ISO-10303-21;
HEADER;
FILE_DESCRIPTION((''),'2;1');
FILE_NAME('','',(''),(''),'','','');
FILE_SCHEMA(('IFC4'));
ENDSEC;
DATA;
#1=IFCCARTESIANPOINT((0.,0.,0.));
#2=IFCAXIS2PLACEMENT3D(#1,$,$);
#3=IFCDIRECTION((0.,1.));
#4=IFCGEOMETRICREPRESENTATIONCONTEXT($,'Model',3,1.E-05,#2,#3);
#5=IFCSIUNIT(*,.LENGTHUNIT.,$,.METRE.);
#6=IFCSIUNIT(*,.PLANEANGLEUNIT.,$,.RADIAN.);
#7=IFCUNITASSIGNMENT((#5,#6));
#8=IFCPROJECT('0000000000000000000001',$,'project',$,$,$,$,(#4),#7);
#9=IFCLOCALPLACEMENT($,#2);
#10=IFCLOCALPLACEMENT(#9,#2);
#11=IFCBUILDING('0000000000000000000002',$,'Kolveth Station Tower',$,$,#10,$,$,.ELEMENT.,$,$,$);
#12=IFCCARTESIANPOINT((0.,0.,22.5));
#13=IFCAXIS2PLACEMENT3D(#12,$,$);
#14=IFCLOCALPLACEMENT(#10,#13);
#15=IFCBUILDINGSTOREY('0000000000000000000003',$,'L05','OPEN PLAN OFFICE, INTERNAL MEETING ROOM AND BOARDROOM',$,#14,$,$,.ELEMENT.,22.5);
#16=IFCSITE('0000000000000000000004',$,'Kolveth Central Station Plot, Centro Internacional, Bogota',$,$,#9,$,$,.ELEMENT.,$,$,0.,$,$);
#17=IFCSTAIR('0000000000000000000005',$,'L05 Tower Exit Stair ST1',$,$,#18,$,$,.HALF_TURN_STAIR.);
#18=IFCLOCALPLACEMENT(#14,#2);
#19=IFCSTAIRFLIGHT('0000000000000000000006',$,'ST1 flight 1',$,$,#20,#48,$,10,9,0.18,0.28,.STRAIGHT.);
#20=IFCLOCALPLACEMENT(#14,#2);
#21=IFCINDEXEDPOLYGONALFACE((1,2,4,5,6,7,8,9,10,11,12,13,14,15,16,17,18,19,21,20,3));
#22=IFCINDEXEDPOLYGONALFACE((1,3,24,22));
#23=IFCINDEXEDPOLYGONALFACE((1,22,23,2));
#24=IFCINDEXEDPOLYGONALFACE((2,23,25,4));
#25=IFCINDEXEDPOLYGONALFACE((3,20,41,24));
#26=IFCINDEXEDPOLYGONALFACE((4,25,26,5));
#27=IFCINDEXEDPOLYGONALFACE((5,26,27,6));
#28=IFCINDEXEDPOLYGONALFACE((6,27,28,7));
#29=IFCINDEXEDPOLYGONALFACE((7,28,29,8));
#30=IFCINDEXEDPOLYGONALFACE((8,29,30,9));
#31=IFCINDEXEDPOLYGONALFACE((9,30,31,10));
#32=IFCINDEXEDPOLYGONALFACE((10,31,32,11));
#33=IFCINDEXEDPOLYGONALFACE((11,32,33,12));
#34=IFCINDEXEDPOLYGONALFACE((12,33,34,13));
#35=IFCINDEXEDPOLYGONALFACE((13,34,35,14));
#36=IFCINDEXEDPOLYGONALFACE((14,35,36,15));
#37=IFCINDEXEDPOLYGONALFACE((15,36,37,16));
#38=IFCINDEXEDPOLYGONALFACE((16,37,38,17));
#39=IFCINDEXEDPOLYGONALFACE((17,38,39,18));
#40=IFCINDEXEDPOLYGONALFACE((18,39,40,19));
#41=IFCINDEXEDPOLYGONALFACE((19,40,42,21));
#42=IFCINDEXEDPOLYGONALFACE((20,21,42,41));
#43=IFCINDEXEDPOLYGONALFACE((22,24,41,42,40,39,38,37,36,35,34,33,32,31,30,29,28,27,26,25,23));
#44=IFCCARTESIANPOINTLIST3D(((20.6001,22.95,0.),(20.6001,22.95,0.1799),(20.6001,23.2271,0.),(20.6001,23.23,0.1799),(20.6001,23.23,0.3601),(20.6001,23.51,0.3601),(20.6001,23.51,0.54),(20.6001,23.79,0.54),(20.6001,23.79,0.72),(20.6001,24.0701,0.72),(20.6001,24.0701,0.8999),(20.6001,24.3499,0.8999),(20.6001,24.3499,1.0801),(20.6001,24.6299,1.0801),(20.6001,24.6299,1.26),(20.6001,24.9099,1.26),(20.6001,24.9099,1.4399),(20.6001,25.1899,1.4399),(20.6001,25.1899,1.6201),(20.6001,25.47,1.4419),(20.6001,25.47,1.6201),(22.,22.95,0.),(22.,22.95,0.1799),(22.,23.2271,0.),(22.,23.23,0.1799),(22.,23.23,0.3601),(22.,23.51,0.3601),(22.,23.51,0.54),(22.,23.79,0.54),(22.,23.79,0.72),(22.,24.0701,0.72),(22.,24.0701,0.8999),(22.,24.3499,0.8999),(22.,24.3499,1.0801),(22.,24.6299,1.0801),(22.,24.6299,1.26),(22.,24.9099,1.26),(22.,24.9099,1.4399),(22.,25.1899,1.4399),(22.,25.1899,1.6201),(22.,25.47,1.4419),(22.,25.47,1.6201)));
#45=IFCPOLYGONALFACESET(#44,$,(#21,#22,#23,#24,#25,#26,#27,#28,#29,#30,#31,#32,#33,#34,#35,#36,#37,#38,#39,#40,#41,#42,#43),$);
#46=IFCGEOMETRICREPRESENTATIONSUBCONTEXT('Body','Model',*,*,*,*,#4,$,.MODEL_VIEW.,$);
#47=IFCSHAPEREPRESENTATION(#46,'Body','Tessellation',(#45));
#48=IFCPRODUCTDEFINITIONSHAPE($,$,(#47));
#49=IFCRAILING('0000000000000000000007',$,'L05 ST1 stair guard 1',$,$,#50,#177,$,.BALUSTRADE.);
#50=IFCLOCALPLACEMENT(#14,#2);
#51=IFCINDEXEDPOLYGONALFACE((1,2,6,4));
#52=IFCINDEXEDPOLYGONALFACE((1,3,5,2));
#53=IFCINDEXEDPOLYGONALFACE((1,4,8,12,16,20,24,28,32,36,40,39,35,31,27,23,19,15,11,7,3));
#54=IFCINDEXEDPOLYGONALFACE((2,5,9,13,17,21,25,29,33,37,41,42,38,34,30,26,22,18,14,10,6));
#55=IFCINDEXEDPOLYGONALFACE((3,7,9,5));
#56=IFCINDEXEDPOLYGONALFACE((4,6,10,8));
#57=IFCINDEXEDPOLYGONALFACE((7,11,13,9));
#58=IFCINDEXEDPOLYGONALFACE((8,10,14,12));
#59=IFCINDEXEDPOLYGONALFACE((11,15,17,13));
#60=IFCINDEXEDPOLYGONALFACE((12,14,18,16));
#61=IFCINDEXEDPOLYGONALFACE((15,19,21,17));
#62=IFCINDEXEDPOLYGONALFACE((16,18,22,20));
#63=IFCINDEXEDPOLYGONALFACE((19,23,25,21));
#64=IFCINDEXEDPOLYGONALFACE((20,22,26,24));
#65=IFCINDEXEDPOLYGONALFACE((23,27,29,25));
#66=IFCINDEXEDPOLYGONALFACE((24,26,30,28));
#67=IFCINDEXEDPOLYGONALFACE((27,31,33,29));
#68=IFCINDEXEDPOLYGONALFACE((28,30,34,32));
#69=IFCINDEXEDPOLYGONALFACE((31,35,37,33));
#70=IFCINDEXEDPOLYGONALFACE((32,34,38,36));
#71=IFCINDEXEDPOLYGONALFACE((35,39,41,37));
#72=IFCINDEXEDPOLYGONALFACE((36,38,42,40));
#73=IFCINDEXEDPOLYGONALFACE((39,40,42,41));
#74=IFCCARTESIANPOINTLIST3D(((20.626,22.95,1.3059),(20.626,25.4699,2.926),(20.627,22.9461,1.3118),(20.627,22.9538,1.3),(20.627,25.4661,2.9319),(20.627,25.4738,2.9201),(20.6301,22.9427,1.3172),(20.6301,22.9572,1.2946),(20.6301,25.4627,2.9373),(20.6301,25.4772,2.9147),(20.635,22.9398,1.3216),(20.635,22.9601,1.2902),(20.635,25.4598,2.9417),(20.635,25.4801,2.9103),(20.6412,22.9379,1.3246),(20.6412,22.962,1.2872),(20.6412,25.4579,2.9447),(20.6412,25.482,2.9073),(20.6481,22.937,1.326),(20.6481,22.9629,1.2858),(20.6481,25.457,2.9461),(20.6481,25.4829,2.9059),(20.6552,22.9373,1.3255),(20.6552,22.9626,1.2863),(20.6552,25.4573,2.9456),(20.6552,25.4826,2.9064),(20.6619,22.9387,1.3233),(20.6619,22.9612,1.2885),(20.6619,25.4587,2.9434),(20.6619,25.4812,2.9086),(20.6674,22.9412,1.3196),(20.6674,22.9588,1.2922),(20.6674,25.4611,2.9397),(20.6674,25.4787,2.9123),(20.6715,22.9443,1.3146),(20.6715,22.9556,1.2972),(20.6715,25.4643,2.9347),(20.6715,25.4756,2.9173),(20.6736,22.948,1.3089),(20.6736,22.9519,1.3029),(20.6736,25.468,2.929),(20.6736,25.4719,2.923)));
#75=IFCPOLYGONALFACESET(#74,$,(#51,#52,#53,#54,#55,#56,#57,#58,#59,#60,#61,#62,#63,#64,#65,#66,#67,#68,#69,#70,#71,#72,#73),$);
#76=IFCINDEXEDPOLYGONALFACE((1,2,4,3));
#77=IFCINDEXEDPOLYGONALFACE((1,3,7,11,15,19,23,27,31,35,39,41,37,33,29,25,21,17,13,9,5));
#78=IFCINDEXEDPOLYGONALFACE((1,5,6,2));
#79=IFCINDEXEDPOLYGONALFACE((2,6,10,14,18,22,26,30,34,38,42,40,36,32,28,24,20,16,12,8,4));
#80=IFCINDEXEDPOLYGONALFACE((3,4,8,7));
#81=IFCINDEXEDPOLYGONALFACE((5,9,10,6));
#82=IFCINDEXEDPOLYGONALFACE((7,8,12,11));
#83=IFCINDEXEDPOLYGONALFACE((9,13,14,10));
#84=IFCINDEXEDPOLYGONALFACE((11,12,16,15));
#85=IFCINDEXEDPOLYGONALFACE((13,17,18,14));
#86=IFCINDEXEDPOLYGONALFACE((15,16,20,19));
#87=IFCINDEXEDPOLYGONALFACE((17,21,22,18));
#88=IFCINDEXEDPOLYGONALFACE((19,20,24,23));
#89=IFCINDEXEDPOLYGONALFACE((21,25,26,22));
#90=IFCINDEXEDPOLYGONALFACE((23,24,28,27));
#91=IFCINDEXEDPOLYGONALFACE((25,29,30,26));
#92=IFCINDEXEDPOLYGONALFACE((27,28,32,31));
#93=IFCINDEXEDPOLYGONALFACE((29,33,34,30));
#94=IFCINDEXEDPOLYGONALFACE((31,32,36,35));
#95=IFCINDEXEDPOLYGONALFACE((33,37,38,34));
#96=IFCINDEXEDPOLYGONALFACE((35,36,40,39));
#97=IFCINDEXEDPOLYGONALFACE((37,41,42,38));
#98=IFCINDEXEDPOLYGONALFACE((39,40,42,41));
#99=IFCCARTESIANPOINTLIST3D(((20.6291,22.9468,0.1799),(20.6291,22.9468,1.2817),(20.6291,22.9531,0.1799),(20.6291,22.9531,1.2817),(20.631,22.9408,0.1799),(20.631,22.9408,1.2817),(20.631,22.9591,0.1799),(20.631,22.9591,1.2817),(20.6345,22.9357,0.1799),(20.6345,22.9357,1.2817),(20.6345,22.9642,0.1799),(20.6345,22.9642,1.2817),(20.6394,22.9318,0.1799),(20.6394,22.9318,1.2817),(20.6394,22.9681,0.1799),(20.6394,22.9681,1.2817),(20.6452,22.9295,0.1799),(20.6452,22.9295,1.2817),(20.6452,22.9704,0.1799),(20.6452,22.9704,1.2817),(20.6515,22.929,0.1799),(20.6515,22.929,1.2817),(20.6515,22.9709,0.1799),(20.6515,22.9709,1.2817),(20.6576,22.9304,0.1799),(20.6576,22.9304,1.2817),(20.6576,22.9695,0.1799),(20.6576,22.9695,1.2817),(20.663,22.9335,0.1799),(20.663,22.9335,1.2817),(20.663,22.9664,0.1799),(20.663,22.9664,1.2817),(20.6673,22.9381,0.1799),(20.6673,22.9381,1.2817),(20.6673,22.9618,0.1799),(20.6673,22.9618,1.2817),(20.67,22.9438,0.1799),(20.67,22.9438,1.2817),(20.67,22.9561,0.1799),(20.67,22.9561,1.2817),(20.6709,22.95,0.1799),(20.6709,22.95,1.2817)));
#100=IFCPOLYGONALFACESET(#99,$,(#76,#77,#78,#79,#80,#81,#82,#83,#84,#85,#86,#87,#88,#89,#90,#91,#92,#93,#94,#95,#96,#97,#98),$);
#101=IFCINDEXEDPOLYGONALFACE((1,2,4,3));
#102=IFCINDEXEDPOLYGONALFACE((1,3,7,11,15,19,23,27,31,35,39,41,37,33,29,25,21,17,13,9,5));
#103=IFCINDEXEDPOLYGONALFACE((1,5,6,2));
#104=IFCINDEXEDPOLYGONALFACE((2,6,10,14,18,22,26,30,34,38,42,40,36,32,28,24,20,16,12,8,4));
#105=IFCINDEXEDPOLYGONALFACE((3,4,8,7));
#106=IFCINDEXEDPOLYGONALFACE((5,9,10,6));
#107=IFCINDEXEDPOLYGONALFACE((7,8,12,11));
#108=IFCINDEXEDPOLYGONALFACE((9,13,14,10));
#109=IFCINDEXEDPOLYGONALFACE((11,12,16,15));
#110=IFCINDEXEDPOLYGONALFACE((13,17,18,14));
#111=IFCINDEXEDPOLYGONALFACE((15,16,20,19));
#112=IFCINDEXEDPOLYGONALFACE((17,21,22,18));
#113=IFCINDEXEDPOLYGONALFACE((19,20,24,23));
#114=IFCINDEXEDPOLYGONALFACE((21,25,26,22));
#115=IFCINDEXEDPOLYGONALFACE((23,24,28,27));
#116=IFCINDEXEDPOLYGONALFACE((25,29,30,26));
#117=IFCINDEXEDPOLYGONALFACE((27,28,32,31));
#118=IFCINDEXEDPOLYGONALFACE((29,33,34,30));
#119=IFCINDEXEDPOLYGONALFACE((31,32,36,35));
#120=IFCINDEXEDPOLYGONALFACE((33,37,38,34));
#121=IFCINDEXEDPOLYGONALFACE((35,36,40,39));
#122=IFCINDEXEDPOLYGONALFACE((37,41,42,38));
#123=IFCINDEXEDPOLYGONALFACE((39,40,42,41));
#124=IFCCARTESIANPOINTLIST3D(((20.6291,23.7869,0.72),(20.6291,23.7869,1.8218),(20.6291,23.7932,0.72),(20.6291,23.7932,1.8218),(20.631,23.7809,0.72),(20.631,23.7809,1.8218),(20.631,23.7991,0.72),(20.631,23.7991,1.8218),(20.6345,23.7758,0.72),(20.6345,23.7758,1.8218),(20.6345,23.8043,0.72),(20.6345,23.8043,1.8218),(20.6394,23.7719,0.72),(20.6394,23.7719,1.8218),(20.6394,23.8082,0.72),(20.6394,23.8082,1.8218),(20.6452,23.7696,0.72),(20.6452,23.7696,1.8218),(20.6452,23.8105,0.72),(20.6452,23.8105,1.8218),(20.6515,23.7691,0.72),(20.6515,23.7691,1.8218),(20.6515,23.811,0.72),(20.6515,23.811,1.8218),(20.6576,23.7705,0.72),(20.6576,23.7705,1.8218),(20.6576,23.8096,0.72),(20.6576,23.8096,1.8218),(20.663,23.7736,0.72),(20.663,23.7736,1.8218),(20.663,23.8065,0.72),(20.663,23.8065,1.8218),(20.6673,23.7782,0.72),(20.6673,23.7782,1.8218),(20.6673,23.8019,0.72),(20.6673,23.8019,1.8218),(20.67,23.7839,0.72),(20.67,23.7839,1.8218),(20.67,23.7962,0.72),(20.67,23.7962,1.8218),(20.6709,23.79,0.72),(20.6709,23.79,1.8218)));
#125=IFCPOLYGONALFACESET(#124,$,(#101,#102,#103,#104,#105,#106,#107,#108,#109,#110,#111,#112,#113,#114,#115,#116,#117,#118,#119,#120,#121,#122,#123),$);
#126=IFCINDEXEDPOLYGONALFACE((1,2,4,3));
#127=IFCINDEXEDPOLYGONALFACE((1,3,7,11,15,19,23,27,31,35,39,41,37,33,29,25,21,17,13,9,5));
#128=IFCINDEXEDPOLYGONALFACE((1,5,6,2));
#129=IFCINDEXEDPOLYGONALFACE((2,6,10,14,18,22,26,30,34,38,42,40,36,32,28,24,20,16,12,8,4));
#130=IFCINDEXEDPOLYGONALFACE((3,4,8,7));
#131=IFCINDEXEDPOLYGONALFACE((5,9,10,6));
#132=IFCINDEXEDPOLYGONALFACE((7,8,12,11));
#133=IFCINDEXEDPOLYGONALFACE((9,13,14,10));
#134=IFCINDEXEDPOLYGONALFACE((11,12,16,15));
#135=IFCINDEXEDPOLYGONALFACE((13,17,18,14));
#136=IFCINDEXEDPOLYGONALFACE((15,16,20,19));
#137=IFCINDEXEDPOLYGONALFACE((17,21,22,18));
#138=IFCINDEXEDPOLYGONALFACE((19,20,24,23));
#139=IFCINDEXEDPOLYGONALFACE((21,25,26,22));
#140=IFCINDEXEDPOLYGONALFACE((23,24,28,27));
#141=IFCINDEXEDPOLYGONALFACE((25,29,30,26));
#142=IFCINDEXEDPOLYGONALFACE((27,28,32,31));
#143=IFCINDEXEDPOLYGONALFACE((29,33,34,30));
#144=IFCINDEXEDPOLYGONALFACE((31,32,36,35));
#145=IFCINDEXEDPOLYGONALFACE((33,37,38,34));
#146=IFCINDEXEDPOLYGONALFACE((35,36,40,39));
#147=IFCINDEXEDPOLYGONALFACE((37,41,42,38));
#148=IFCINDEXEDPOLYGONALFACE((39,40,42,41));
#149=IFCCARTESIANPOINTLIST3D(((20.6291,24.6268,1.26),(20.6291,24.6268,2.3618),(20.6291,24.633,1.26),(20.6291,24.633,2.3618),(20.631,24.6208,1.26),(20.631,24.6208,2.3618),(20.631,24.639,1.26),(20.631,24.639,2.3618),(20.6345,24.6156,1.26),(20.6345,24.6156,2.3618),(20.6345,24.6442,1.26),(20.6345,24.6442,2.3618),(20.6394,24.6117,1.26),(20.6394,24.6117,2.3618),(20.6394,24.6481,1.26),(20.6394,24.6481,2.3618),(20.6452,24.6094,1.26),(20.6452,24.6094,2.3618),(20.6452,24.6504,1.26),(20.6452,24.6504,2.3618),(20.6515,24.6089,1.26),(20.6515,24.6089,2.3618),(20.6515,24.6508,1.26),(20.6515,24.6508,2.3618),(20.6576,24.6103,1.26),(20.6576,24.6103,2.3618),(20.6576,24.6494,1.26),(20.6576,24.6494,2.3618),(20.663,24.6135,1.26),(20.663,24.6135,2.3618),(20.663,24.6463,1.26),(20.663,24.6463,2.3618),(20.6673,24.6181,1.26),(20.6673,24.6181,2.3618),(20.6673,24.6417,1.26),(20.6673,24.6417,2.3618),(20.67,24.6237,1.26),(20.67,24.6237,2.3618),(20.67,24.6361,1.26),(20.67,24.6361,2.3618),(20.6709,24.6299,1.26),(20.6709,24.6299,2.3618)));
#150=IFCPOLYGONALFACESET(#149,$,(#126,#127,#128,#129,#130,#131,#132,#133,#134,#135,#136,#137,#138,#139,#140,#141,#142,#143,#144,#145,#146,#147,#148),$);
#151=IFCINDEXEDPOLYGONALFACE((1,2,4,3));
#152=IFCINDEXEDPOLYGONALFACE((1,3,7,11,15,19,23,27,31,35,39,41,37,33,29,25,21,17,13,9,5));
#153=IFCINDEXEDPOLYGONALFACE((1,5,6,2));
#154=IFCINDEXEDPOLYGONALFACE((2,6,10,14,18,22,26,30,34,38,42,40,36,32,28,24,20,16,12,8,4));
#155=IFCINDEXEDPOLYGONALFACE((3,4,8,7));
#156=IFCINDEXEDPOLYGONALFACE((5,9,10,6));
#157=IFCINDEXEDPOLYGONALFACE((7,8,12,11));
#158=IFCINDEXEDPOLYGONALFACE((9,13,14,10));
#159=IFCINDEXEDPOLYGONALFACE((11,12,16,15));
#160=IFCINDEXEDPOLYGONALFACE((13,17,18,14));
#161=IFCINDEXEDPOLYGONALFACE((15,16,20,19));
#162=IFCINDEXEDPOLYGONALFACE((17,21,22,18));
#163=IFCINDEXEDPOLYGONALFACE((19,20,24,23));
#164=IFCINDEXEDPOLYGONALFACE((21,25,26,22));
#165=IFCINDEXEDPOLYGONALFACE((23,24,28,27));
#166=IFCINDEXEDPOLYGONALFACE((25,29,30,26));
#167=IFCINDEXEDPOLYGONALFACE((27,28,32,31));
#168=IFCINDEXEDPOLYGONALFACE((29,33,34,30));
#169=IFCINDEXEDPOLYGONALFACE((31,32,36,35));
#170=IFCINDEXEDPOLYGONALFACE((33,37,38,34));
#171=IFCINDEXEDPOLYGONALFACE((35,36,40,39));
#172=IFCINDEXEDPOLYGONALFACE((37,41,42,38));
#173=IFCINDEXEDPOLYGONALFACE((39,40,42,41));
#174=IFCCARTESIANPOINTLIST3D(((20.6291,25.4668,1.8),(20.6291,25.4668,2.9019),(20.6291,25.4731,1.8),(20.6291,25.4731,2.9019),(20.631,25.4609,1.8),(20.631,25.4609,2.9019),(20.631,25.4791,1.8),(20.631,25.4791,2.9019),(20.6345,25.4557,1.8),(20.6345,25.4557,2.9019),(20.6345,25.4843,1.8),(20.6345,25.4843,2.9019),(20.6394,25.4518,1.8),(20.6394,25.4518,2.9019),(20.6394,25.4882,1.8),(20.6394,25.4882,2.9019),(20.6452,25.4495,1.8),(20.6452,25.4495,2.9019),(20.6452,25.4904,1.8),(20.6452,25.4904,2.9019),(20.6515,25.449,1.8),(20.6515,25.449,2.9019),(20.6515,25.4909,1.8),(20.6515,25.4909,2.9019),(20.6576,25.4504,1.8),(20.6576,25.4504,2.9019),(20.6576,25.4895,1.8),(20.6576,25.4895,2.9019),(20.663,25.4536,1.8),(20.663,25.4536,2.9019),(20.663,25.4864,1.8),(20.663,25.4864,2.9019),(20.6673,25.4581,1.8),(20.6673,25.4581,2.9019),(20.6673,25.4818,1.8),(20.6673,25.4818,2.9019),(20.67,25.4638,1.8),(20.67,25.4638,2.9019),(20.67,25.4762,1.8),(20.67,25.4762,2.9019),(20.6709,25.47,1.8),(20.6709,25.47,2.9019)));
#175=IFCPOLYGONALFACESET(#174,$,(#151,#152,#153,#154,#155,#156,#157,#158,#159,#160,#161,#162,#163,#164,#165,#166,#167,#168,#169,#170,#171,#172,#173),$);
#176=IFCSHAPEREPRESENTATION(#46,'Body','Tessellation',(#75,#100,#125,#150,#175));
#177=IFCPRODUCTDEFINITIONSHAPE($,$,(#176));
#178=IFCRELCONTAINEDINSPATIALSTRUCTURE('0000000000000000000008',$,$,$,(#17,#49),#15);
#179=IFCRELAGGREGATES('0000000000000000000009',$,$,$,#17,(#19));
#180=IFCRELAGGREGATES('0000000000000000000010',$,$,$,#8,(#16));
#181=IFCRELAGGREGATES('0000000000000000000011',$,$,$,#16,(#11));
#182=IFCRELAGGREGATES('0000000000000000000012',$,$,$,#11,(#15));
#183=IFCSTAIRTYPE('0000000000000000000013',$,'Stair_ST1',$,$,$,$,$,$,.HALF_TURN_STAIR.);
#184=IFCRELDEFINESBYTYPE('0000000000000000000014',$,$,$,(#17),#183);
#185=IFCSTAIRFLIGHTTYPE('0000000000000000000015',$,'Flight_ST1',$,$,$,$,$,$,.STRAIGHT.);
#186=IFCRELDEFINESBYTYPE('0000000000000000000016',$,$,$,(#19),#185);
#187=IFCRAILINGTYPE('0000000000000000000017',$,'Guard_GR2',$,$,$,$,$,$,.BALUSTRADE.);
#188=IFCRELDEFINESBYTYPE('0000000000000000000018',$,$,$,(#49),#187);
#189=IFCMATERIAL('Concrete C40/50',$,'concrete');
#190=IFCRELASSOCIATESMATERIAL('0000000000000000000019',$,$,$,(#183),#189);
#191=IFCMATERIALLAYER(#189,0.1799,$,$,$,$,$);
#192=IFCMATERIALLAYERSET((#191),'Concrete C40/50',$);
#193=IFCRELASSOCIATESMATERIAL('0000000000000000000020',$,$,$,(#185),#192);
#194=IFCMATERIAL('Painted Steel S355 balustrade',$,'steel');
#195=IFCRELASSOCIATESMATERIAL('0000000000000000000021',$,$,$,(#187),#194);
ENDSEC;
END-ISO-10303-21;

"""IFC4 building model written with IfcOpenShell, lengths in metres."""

from ifc_helpers import new_model, si_unit, direction, frame, origin, origin_2d, place, context, subcontext, project, spatial, polyline, circle, outline, extrude, material, layer, layer_set, type_object, element, aggregate, save


model = new_model("IFC4")

# Units and contexts
model_context = context("Model", 3, precision=1e-05, world=origin(), true_north=direction((0.0, 1.0)))
body_context = subcontext(model_context, "Body", "Model", "MODEL_VIEW")
ifc_project = project(units=[si_unit("LENGTHUNIT", "METRE"), si_unit("PLANEANGLEUNIT", "RADIAN")], contexts=[model_context])

# Site, building, storey
site_placement = place(None, origin())
site = spatial("IfcSite", under=ifc_project, at=site_placement, Name="Kolveth Central Station Plot, Centro Internacional, Bogota", CompositionType="ELEMENT", RefElevation=0.0)
building_placement = place(site_placement, origin())
building = spatial("IfcBuilding", under=site, at=building_placement, Name="Kolveth Station Tower", CompositionType="ELEMENT")
storey_placement = place(building_placement, frame((0.0, 0.0, 22.5)))
storey = spatial("IfcBuildingStorey", under=building, at=storey_placement, Name="L05", Description="OPEN PLAN OFFICE, INTERNAL MEETING ROOM AND BOARDROOM", CompositionType="ELEMENT", Elevation=22.5)

# Shared definitions
ifc_material_1 = material(Name="Concrete C40/50", Category="concrete")

# Stair, stair flight
stair_type = type_object("IfcStairType", Name="Stair_ST1", PredefinedType="HALF_TURN_STAIR", material=ifc_material_1)
stair_placement = place(storey_placement, origin())
stair = element("IfcStair", 1, at=stair_placement, inside=storey, type_object=stair_type, Name="L05 Tower Exit Stair ST1", PredefinedType="HALF_TURN_STAIR")
ifc_layer_1 = layer(ifc_material_1, 0.1799)
ifc_layer_set_1 = layer_set([ifc_layer_1], Name="Concrete C40/50")
stair_flight_type = type_object("IfcStairFlightType", Name="Flight_ST1", PredefinedType="STRAIGHT", material=ifc_layer_set_1)
stair_flight_placement = place(storey_placement, frame((21.3, 22.95, 0.0), z_axis=(0.0, 0.0, 1.0), x_axis=(0.0, 1.0, 0.0)))
stair_flight = element("IfcStairFlight", 2, at=stair_flight_placement, type_object=stair_flight_type, Name="ST1 flight 1", NumberOfRisers=10, NumberOfTreads=9, PredefinedType="STRAIGHT", RiserHeight=0.18, TreadLength=0.28, context=body_context, shape_type="SweptSolid", body=[
    extrude(outline(polyline([(0.0, 0.0), (0.0, 0.1799), (0.28, 0.1799), (0.28, 0.3601), (0.5601, 0.3601), (0.5601, 0.54), (0.8401, 0.54), (0.8401, 0.72), (1.1201, 0.72), (1.1201, 0.8999), (1.3999, 0.8999), (1.3999, 1.0801), (1.6799, 1.0801), (1.6799, 1.26), (1.96, 1.26), (1.96, 1.4399), (2.24, 1.4399), (2.24, 1.6201), (2.52, 1.6201), (2.52, 1.8), (2.52, 1.4419), (0.2771, 0.0), (0.0, 0.0)])), frame((0.0, 0.7, 0.0), z_axis=(0.0, -1.0, 0.0), x_axis=(1.0, 0.0, 0.0)), (0.0, 0.0, 1.0), 1.3999),
])
aggregate(stair, [stair_flight])

# Railing
ifc_material_2 = material(Name="Painted Steel S355 balustrade", Category="steel")
railing_type_1 = type_object("IfcRailingType", Name="Guard_GR2", PredefinedType="BALUSTRADE", material=ifc_material_2)
railing_1_placement = place(storey_placement, frame((20.6499, 22.95, 0.1799)))
element("IfcRailing", 3, at=railing_1_placement, inside=storey, type_object=railing_type_1, Name="L05 ST1 stair guard 1", PredefinedType="BALUSTRADE", context=body_context, shape_type="SweptSolid", body=[
    extrude(circle(Radius=0.0239, at=origin_2d()), frame((0.0, 0.0, 1.126), z_axis=(0.0, 0.841163, 0.540782), x_axis=(-1.0, 0.0, 0.0)), (0.0, 0.0, 1.0), 2.9958),
    extrude(circle(Radius=0.021, at=origin_2d()), origin(), (0.0, 0.0, 1.0), 1.1018),
    extrude(circle(Radius=0.021, at=origin_2d()), frame((0.0, 0.8401, 0.54)), (0.0, 0.0, 1.0), 1.1018),
    extrude(circle(Radius=0.021, at=origin_2d()), frame((0.0, 1.6799, 1.0801)), (0.0, 0.0, 1.0), 1.1018),
    extrude(circle(Radius=0.021, at=origin_2d()), frame((0.0, 2.52, 1.6201)), (0.0, 0.0, 1.0), 1.1018),
])

save(model, "model.ifc")
